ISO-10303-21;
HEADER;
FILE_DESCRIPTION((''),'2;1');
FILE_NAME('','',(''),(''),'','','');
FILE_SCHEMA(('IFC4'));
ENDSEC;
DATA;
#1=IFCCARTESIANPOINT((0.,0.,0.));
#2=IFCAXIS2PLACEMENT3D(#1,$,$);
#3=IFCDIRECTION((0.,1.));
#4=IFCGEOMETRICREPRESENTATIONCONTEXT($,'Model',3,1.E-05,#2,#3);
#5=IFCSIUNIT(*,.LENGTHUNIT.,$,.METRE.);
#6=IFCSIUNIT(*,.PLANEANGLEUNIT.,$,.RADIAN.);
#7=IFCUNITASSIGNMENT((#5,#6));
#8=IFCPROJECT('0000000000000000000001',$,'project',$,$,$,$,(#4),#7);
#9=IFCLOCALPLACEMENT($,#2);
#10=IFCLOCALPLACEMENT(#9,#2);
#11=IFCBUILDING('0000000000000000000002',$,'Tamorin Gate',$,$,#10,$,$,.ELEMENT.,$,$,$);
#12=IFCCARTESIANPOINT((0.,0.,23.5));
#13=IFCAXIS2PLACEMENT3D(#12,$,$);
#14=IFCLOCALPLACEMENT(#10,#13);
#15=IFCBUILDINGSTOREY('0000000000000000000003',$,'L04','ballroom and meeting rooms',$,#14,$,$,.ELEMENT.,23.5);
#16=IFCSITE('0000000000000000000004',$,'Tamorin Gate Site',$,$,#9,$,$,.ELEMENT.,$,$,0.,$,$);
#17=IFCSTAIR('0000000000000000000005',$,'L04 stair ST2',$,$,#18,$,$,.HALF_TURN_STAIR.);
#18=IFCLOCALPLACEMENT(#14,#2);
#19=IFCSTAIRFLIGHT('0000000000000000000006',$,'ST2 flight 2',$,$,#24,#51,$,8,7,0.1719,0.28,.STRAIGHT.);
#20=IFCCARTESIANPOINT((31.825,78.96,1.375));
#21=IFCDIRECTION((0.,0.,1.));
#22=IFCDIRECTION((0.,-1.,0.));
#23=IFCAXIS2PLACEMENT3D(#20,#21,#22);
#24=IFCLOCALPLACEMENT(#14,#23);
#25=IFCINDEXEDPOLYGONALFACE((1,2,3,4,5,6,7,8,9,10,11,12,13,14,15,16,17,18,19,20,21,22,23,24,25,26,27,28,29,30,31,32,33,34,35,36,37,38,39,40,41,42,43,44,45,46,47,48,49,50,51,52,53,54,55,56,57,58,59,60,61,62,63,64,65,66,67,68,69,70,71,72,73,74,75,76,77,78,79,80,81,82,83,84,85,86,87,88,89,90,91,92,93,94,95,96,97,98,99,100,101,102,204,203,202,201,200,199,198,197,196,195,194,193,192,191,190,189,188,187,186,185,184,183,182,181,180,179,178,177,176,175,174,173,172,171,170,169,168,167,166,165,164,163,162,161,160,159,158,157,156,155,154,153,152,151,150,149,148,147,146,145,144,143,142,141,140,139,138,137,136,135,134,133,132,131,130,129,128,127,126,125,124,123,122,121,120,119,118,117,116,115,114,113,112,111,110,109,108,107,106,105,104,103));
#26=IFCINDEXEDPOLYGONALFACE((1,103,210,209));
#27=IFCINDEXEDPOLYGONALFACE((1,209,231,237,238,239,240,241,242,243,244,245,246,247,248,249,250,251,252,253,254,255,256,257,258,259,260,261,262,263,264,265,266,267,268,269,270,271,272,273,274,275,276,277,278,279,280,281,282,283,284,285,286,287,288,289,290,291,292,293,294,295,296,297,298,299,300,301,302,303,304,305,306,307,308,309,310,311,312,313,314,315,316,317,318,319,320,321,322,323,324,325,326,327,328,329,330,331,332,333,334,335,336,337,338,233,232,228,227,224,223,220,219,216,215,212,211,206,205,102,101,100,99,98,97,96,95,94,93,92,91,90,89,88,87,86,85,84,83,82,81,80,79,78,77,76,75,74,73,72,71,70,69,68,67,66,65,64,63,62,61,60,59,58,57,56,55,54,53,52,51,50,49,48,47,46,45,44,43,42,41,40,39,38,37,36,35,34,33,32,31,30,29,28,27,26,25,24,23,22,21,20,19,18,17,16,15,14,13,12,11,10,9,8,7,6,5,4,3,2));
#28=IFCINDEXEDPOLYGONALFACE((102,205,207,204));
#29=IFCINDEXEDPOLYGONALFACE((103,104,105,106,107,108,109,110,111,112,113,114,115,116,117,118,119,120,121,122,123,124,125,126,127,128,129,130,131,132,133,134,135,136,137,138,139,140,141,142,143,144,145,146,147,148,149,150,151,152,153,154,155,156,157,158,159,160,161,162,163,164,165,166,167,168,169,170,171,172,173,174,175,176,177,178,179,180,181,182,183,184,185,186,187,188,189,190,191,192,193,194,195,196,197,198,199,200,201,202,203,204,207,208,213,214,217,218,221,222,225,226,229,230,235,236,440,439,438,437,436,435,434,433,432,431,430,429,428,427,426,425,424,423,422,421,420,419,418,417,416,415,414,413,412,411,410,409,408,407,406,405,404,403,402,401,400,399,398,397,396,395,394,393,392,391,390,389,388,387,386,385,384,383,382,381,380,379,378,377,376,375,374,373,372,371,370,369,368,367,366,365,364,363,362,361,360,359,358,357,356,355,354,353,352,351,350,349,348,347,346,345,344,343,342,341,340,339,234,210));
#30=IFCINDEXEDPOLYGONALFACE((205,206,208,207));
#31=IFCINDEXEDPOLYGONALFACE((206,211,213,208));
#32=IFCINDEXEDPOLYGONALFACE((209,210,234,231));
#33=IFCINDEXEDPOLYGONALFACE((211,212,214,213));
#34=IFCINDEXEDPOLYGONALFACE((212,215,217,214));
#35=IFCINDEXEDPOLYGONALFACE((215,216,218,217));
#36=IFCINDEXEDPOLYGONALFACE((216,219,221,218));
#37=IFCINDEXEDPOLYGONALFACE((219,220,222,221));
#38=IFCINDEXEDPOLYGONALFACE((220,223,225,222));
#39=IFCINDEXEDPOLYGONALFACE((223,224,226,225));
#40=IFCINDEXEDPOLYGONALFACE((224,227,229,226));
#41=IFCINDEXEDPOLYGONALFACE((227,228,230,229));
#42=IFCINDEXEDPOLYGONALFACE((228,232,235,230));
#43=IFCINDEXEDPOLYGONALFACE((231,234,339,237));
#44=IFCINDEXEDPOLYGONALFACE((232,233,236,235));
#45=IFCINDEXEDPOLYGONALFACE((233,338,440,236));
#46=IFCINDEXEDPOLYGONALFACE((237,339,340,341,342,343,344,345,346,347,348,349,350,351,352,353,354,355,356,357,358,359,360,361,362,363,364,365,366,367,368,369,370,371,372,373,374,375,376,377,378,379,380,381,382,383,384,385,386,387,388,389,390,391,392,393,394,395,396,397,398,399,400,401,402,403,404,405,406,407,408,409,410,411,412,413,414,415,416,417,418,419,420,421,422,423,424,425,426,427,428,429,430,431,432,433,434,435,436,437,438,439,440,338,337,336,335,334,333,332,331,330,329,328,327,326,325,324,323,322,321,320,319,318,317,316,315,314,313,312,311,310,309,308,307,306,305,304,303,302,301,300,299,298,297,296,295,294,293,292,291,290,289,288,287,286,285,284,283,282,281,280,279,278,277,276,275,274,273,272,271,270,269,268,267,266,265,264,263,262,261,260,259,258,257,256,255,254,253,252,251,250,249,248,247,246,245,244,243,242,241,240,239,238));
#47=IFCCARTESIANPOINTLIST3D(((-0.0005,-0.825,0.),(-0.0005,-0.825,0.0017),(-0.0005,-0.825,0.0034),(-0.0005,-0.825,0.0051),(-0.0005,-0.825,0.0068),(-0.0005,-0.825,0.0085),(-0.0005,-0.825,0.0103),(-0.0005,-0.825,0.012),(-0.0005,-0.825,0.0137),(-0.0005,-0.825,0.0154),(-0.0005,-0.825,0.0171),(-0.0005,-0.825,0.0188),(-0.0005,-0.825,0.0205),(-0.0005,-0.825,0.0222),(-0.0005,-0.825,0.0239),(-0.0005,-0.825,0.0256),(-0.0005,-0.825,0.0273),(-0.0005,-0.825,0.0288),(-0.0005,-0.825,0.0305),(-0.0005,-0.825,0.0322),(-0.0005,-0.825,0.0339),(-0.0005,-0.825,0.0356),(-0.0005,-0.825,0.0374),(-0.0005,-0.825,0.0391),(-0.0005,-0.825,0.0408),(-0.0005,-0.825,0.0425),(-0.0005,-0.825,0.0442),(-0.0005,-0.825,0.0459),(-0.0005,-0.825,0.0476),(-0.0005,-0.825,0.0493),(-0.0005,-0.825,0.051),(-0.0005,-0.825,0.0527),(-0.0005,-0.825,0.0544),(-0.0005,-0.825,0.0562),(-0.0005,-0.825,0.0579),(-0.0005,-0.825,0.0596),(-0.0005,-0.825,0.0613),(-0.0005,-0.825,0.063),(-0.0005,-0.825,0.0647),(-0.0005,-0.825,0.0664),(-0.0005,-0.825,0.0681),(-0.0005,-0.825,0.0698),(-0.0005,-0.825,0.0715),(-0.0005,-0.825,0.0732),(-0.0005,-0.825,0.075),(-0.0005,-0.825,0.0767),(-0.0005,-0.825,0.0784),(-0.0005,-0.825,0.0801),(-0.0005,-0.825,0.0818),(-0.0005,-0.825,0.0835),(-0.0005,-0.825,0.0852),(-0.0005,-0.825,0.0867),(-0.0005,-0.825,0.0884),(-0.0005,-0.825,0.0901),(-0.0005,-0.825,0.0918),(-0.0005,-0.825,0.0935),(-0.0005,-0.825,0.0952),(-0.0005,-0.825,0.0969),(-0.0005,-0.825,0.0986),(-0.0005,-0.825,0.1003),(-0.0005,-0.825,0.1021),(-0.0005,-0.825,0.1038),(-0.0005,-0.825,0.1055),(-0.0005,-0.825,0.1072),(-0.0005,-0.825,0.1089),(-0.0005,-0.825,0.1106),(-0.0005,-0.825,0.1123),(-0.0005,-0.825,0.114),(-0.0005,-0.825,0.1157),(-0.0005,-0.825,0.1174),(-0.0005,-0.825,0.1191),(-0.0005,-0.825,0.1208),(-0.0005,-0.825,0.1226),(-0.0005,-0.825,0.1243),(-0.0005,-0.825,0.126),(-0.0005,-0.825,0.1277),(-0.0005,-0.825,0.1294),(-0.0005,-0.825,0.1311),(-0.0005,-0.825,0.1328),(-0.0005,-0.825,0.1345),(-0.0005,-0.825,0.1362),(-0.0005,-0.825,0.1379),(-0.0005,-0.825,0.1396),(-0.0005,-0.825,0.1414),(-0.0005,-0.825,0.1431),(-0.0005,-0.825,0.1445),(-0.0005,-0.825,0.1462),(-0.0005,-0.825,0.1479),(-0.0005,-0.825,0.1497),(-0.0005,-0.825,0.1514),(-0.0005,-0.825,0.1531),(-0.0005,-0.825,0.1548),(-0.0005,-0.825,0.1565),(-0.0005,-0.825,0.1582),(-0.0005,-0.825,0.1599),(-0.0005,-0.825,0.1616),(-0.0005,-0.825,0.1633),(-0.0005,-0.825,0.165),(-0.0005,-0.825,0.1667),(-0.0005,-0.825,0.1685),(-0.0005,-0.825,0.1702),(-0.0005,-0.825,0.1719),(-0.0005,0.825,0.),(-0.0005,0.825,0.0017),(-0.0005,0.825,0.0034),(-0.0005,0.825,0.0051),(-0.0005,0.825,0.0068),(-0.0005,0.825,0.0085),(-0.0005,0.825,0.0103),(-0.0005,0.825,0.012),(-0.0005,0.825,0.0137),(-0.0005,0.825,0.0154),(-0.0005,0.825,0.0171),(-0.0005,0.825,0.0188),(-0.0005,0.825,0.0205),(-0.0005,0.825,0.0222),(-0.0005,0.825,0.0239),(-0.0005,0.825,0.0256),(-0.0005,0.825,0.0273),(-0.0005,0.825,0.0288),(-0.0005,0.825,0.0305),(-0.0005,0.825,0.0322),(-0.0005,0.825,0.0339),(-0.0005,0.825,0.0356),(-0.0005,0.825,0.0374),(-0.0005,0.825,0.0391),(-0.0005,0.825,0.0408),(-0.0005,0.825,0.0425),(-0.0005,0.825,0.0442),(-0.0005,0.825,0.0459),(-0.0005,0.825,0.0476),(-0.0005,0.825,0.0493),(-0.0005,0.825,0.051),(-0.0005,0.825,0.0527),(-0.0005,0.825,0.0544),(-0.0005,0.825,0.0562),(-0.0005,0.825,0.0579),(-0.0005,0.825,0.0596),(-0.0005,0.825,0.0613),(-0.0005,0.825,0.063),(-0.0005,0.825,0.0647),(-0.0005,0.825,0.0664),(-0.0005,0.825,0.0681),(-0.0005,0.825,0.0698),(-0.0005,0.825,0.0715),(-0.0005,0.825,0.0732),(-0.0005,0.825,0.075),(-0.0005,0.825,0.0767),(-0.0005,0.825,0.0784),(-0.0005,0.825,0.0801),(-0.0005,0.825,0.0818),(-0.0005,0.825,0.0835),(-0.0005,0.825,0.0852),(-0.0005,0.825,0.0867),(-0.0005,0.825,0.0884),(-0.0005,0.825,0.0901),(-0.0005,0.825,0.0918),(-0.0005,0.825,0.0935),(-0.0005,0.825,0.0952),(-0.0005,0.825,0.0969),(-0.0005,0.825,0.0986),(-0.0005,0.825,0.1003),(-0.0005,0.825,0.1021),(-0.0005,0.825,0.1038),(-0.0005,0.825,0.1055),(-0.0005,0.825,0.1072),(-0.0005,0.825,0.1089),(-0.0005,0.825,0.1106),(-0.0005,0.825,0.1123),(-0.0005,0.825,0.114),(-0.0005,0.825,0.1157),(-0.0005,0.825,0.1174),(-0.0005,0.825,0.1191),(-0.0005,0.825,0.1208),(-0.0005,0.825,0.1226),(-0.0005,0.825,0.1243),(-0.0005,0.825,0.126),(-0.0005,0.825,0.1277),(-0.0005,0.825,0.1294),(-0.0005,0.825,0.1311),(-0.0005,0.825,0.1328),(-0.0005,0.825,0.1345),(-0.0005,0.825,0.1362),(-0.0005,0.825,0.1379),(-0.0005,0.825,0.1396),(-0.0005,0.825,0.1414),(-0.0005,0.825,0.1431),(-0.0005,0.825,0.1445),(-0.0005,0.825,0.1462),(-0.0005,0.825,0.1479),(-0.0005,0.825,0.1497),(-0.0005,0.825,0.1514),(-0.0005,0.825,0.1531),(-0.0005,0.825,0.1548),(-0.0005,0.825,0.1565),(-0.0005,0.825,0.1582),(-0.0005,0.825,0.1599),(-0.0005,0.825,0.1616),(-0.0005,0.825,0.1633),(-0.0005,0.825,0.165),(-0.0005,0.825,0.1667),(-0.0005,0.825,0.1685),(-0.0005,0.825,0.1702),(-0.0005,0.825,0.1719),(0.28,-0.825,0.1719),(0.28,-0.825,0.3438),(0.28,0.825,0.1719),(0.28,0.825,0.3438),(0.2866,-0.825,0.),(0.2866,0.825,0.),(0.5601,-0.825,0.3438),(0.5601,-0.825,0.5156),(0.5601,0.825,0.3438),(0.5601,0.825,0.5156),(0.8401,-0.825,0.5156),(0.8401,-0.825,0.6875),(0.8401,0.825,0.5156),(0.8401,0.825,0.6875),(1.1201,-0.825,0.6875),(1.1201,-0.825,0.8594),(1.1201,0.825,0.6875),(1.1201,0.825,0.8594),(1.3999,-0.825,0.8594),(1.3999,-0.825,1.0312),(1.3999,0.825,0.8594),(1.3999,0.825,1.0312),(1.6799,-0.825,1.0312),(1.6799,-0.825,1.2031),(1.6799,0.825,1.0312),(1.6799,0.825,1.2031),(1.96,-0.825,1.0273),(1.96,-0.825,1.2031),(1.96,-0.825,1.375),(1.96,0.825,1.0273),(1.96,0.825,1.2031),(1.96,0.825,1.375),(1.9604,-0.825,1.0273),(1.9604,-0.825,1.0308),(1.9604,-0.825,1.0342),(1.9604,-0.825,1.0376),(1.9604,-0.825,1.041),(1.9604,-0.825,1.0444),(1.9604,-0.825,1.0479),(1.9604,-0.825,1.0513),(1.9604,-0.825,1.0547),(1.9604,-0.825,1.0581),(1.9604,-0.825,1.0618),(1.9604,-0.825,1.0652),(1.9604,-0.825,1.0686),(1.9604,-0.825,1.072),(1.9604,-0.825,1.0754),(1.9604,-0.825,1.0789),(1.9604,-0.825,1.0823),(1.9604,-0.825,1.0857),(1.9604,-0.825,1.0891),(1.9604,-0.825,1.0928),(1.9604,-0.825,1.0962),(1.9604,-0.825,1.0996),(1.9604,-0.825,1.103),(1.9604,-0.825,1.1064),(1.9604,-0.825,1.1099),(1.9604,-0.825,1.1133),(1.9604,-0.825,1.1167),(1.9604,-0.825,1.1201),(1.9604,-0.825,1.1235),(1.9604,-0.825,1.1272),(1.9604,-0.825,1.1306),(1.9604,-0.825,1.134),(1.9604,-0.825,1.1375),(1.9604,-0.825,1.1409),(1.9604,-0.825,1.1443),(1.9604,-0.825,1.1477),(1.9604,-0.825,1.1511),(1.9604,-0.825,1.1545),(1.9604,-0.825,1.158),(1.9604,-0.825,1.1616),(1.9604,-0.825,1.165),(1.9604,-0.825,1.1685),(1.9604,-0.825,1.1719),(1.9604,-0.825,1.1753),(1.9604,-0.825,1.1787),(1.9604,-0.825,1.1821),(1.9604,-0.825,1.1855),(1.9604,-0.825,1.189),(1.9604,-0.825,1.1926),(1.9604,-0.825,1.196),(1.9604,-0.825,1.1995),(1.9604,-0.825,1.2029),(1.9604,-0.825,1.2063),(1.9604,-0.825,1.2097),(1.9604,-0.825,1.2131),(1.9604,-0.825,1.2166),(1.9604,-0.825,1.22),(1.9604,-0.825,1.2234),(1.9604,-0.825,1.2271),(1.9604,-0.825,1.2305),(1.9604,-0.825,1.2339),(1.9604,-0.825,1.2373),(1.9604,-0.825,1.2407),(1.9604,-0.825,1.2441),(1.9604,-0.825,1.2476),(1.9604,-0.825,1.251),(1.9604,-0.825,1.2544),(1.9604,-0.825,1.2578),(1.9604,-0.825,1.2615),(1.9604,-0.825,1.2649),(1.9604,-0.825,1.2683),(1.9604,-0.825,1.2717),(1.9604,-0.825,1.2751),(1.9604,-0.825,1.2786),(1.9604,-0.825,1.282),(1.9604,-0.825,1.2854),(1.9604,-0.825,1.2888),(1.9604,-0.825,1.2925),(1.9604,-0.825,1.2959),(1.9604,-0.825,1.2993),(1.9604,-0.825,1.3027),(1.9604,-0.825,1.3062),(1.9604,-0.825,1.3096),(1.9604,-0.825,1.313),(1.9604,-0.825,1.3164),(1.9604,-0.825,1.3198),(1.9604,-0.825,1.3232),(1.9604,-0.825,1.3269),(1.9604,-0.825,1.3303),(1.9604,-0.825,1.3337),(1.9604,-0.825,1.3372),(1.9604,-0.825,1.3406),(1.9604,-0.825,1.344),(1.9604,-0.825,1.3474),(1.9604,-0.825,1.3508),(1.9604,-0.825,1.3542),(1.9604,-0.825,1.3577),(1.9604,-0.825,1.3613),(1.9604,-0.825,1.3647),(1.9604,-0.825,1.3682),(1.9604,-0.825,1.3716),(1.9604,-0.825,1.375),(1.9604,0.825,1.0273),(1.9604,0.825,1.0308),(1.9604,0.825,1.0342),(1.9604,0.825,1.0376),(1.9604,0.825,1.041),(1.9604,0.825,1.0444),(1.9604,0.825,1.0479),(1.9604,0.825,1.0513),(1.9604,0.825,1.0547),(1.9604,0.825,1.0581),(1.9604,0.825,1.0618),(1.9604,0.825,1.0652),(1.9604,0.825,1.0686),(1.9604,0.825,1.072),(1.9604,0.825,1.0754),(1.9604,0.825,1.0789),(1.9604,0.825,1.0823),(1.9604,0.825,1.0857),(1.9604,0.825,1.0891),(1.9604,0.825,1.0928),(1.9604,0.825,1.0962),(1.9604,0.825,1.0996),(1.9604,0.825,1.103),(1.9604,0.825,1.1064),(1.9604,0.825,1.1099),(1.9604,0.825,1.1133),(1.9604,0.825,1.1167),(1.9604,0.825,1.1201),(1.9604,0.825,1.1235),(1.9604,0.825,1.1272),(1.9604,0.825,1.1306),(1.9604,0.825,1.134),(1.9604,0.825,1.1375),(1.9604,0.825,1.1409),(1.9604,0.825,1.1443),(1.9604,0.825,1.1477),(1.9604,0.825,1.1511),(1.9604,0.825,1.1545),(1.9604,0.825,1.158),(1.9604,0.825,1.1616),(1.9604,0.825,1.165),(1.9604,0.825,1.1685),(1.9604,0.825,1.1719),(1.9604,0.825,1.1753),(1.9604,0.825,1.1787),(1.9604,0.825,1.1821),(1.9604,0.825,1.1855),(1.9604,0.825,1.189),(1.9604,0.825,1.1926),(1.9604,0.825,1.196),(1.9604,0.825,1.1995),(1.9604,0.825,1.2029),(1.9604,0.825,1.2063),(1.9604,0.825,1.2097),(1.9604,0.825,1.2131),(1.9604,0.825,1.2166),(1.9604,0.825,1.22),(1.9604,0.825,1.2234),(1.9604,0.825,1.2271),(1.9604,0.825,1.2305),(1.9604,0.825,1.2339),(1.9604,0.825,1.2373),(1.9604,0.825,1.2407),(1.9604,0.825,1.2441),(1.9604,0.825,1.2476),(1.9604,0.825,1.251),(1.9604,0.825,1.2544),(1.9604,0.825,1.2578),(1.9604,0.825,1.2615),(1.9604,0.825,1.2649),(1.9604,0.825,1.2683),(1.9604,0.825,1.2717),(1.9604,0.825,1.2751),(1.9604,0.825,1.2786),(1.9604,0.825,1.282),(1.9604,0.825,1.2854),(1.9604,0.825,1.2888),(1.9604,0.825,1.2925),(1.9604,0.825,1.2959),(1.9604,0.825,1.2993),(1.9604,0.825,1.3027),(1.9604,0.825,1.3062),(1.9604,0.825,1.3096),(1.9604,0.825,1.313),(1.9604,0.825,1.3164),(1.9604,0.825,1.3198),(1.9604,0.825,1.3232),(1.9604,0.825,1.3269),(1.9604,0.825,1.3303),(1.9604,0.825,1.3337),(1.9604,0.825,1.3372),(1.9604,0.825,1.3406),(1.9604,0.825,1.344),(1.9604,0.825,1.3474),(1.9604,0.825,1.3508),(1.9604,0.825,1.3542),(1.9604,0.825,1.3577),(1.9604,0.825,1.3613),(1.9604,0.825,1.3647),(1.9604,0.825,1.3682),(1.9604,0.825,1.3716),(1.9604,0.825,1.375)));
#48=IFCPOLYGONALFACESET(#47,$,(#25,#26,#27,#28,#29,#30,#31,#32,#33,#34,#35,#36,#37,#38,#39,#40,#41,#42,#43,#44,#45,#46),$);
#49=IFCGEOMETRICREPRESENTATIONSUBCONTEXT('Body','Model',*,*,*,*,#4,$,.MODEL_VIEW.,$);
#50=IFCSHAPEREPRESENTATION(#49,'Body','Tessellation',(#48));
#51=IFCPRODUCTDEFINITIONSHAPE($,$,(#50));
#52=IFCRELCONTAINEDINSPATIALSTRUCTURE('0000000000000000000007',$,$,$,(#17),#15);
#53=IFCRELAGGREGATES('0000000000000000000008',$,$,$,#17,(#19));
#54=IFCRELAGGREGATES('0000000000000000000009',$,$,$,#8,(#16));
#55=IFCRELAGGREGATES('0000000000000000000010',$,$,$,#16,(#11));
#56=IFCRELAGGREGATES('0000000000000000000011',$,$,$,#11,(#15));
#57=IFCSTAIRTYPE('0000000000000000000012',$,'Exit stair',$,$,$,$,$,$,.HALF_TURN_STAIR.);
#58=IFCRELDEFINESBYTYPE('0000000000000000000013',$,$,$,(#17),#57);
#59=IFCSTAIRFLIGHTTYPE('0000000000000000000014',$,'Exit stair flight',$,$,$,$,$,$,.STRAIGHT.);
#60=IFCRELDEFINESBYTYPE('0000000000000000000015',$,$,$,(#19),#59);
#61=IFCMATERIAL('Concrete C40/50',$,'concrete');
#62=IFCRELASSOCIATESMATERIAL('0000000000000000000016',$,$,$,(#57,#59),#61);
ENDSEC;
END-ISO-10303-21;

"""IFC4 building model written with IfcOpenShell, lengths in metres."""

from ifc_helpers import new_model, si_unit, direction, frame, origin, place, context, subcontext, project, spatial, polyline, outline, extrude, material, type_object, element, aggregate, save


model = new_model("IFC4")

# Units and contexts
model_context = context("Model", 3, precision=1e-05, world=origin(), true_north=direction((0.0, 1.0)))
body_context = subcontext(model_context, "Body", "Model", "MODEL_VIEW")
ifc_project = project(units=[si_unit("LENGTHUNIT", "METRE"), si_unit("PLANEANGLEUNIT", "RADIAN")], contexts=[model_context])

# Site, building, storey
site_placement = place(None, origin())
site = spatial("IfcSite", under=ifc_project, at=site_placement, Name="Tamorin Gate Site", CompositionType="ELEMENT", RefElevation=0.0)
building_placement = place(site_placement, origin())
building = spatial("IfcBuilding", under=site, at=building_placement, Name="Tamorin Gate", CompositionType="ELEMENT")
storey_placement = place(building_placement, frame((0.0, 0.0, 23.5)))
storey = spatial("IfcBuildingStorey", under=building, at=storey_placement, Name="L04", Description="ballroom and meeting rooms", CompositionType="ELEMENT", Elevation=23.5)

# Shared definitions
ifc_material_1 = material(Name="Concrete C40/50", Category="concrete")

# Stair, stair flight
stair_type = type_object("IfcStairType", Name="Exit stair", PredefinedType="HALF_TURN_STAIR", material=ifc_material_1)
stair_placement = place(storey_placement, origin())
stair = element("IfcStair", 1, at=stair_placement, inside=storey, type_object=stair_type, Name="L04 stair ST2", PredefinedType="HALF_TURN_STAIR")
stair_flight_type = type_object("IfcStairFlightType", Name="Exit stair flight", PredefinedType="STRAIGHT", material=ifc_material_1)
stair_flight_1_placement = place(storey_placement, frame((31.825, 78.96, 1.375), z_axis=(0.0, 0.0, 1.0), x_axis=(0.0, -1.0, 0.0)))
stair_flight_1 = element("IfcStairFlight", 2, at=stair_flight_1_placement, type_object=stair_flight_type, Name="ST2 flight 2", NumberOfRisers=8, NumberOfTreads=7, PredefinedType="STRAIGHT", RiserHeight=0.1719, TreadLength=0.28, context=body_context, shape_type="SweptSolid", body=[
    extrude(outline(polyline([(-0.0005, 0.0), (-0.0005, 0.0017), (-0.0005, 0.0034), (-0.0005, 0.0051), (-0.0005, 0.0068), (-0.0005, 0.0085), (-0.0005, 0.0103), (-0.0005, 0.012), (-0.0005, 0.0137), (-0.0005, 0.0154), (-0.0005, 0.0171), (-0.0005, 0.0188), (-0.0005, 0.0205), (-0.0005, 0.0222), (-0.0005, 0.0239), (-0.0005, 0.0256), (-0.0005, 0.0273), (-0.0005, 0.0288), (-0.0005, 0.0305), (-0.0005, 0.0322), (-0.0005, 0.0339), (-0.0005, 0.0356), (-0.0005, 0.0374), (-0.0005, 0.0391), (-0.0005, 0.0408), (-0.0005, 0.0425), (-0.0005, 0.0442), (-0.0005, 0.0459), (-0.0005, 0.0476), (-0.0005, 0.0493), (-0.0005, 0.051), (-0.0005, 0.0527), (-0.0005, 0.0544), (-0.0005, 0.0562), (-0.0005, 0.0579), (-0.0005, 0.0596), (-0.0005, 0.0613), (-0.0005, 0.063), (-0.0005, 0.0647), (-0.0005, 0.0664), (-0.0005, 0.0681), (-0.0005, 0.0698), (-0.0005, 0.0715), (-0.0005, 0.0732), (-0.0005, 0.075), (-0.0005, 0.0767), (-0.0005, 0.0784), (-0.0005, 0.0801), (-0.0005, 0.0818), (-0.0005, 0.0835), (-0.0005, 0.0852), (-0.0005, 0.0867), (-0.0005, 0.0884), (-0.0005, 0.0901), (-0.0005, 0.0918), (-0.0005, 0.0935), (-0.0005, 0.0952), (-0.0005, 0.0969), (-0.0005, 0.0986), (-0.0005, 0.1003), (-0.0005, 0.1021), (-0.0005, 0.1038), (-0.0005, 0.1055), (-0.0005, 0.1072), (-0.0005, 0.1089), (-0.0005, 0.1106), (-0.0005, 0.1123), (-0.0005, 0.114), (-0.0005, 0.1157), (-0.0005, 0.1174), (-0.0005, 0.1191), (-0.0005, 0.1208), (-0.0005, 0.1226), (-0.0005, 0.1243), (-0.0005, 0.126), (-0.0005, 0.1277), (-0.0005, 0.1294), (-0.0005, 0.1311), (-0.0005, 0.1328), (-0.0005, 0.1345), (-0.0005, 0.1362), (-0.0005, 0.1379), (-0.0005, 0.1396), (-0.0005, 0.1414), (-0.0005, 0.1431), (-0.0005, 0.1445), (-0.0005, 0.1462), (-0.0005, 0.1479), (-0.0005, 0.1497), (-0.0005, 0.1514), (-0.0005, 0.1531), (-0.0005, 0.1548), (-0.0005, 0.1565), (-0.0005, 0.1582), (-0.0005, 0.1599), (-0.0005, 0.1616), (-0.0005, 0.1633), (-0.0005, 0.165), (-0.0005, 0.1667), (-0.0005, 0.1685), (-0.0005, 0.1702), (-0.0005, 0.1719), (0.28, 0.1719), (0.28, 0.3438), (0.5601, 0.3438), (0.5601, 0.5156), (0.8401, 0.5156), (0.8401, 0.6875), (1.1201, 0.6875), (1.1201, 0.8594), (1.3999, 0.8594), (1.3999, 1.0312), (1.6799, 1.0312), (1.6799, 1.2031), (1.96, 1.2031), (1.96, 1.375), (1.9604, 1.375), (1.9604, 1.3716), (1.9604, 1.3682), (1.9604, 1.3647), (1.9604, 1.3613), (1.9604, 1.3577), (1.9604, 1.3542), (1.9604, 1.3508), (1.9604, 1.3474), (1.9604, 1.344), (1.9604, 1.3406), (1.9604, 1.3372), (1.9604, 1.3337), (1.9604, 1.3303), (1.9604, 1.3269), (1.9604, 1.3232), (1.9604, 1.3198), (1.9604, 1.3164), (1.9604, 1.313), (1.9604, 1.3096), (1.9604, 1.3062), (1.9604, 1.3027), (1.9604, 1.2993), (1.9604, 1.2959), (1.9604, 1.2925), (1.9604, 1.2888), (1.9604, 1.2854), (1.9604, 1.282), (1.9604, 1.2786), (1.9604, 1.2751), (1.9604, 1.2717), (1.9604, 1.2683), (1.9604, 1.2649), (1.9604, 1.2615), (1.9604, 1.2578), (1.9604, 1.2544), (1.9604, 1.251), (1.9604, 1.2476), (1.9604, 1.2441), (1.9604, 1.2407), (1.9604, 1.2373), (1.9604, 1.2339), (1.9604, 1.2305), (1.9604, 1.2271), (1.9604, 1.2234), (1.9604, 1.22), (1.9604, 1.2166), (1.9604, 1.2131), (1.9604, 1.2097), (1.9604, 1.2063), (1.9604, 1.2029), (1.9604, 1.1995), (1.9604, 1.196), (1.9604, 1.1926), (1.9604, 1.189), (1.9604, 1.1855), (1.9604, 1.1821), (1.9604, 1.1787), (1.9604, 1.1753), (1.9604, 1.1719), (1.9604, 1.1685), (1.9604, 1.165), (1.9604, 1.1616), (1.9604, 1.158), (1.9604, 1.1545), (1.9604, 1.1511), (1.9604, 1.1477), (1.9604, 1.1443), (1.9604, 1.1409), (1.9604, 1.1375), (1.9604, 1.134), (1.9604, 1.1306), (1.9604, 1.1272), (1.9604, 1.1235), (1.9604, 1.1201), (1.9604, 1.1167), (1.9604, 1.1133), (1.9604, 1.1099), (1.9604, 1.1064), (1.9604, 1.103), (1.9604, 1.0996), (1.9604, 1.0962), (1.9604, 1.0928), (1.9604, 1.0891), (1.9604, 1.0857), (1.9604, 1.0823), (1.9604, 1.0789), (1.9604, 1.0754), (1.9604, 1.072), (1.9604, 1.0686), (1.9604, 1.0652), (1.9604, 1.0618), (1.9604, 1.0581), (1.9604, 1.0547), (1.9604, 1.0513), (1.9604, 1.0479), (1.9604, 1.0444), (1.9604, 1.041), (1.9604, 1.0376), (1.9604, 1.0342), (1.9604, 1.0308), (1.9604, 1.0273), (1.96, 1.0273), (0.2866, 0.0), (-0.0005, 0.0)])), frame((0.0, 0.825, 0.0), z_axis=(0.0, -1.0, 0.0), x_axis=(1.0, 0.0, 0.0)), (0.0, 0.0, 1.0), 1.6499),
])
aggregate(stair, [stair_flight_1])

save(model, "model.ifc")
